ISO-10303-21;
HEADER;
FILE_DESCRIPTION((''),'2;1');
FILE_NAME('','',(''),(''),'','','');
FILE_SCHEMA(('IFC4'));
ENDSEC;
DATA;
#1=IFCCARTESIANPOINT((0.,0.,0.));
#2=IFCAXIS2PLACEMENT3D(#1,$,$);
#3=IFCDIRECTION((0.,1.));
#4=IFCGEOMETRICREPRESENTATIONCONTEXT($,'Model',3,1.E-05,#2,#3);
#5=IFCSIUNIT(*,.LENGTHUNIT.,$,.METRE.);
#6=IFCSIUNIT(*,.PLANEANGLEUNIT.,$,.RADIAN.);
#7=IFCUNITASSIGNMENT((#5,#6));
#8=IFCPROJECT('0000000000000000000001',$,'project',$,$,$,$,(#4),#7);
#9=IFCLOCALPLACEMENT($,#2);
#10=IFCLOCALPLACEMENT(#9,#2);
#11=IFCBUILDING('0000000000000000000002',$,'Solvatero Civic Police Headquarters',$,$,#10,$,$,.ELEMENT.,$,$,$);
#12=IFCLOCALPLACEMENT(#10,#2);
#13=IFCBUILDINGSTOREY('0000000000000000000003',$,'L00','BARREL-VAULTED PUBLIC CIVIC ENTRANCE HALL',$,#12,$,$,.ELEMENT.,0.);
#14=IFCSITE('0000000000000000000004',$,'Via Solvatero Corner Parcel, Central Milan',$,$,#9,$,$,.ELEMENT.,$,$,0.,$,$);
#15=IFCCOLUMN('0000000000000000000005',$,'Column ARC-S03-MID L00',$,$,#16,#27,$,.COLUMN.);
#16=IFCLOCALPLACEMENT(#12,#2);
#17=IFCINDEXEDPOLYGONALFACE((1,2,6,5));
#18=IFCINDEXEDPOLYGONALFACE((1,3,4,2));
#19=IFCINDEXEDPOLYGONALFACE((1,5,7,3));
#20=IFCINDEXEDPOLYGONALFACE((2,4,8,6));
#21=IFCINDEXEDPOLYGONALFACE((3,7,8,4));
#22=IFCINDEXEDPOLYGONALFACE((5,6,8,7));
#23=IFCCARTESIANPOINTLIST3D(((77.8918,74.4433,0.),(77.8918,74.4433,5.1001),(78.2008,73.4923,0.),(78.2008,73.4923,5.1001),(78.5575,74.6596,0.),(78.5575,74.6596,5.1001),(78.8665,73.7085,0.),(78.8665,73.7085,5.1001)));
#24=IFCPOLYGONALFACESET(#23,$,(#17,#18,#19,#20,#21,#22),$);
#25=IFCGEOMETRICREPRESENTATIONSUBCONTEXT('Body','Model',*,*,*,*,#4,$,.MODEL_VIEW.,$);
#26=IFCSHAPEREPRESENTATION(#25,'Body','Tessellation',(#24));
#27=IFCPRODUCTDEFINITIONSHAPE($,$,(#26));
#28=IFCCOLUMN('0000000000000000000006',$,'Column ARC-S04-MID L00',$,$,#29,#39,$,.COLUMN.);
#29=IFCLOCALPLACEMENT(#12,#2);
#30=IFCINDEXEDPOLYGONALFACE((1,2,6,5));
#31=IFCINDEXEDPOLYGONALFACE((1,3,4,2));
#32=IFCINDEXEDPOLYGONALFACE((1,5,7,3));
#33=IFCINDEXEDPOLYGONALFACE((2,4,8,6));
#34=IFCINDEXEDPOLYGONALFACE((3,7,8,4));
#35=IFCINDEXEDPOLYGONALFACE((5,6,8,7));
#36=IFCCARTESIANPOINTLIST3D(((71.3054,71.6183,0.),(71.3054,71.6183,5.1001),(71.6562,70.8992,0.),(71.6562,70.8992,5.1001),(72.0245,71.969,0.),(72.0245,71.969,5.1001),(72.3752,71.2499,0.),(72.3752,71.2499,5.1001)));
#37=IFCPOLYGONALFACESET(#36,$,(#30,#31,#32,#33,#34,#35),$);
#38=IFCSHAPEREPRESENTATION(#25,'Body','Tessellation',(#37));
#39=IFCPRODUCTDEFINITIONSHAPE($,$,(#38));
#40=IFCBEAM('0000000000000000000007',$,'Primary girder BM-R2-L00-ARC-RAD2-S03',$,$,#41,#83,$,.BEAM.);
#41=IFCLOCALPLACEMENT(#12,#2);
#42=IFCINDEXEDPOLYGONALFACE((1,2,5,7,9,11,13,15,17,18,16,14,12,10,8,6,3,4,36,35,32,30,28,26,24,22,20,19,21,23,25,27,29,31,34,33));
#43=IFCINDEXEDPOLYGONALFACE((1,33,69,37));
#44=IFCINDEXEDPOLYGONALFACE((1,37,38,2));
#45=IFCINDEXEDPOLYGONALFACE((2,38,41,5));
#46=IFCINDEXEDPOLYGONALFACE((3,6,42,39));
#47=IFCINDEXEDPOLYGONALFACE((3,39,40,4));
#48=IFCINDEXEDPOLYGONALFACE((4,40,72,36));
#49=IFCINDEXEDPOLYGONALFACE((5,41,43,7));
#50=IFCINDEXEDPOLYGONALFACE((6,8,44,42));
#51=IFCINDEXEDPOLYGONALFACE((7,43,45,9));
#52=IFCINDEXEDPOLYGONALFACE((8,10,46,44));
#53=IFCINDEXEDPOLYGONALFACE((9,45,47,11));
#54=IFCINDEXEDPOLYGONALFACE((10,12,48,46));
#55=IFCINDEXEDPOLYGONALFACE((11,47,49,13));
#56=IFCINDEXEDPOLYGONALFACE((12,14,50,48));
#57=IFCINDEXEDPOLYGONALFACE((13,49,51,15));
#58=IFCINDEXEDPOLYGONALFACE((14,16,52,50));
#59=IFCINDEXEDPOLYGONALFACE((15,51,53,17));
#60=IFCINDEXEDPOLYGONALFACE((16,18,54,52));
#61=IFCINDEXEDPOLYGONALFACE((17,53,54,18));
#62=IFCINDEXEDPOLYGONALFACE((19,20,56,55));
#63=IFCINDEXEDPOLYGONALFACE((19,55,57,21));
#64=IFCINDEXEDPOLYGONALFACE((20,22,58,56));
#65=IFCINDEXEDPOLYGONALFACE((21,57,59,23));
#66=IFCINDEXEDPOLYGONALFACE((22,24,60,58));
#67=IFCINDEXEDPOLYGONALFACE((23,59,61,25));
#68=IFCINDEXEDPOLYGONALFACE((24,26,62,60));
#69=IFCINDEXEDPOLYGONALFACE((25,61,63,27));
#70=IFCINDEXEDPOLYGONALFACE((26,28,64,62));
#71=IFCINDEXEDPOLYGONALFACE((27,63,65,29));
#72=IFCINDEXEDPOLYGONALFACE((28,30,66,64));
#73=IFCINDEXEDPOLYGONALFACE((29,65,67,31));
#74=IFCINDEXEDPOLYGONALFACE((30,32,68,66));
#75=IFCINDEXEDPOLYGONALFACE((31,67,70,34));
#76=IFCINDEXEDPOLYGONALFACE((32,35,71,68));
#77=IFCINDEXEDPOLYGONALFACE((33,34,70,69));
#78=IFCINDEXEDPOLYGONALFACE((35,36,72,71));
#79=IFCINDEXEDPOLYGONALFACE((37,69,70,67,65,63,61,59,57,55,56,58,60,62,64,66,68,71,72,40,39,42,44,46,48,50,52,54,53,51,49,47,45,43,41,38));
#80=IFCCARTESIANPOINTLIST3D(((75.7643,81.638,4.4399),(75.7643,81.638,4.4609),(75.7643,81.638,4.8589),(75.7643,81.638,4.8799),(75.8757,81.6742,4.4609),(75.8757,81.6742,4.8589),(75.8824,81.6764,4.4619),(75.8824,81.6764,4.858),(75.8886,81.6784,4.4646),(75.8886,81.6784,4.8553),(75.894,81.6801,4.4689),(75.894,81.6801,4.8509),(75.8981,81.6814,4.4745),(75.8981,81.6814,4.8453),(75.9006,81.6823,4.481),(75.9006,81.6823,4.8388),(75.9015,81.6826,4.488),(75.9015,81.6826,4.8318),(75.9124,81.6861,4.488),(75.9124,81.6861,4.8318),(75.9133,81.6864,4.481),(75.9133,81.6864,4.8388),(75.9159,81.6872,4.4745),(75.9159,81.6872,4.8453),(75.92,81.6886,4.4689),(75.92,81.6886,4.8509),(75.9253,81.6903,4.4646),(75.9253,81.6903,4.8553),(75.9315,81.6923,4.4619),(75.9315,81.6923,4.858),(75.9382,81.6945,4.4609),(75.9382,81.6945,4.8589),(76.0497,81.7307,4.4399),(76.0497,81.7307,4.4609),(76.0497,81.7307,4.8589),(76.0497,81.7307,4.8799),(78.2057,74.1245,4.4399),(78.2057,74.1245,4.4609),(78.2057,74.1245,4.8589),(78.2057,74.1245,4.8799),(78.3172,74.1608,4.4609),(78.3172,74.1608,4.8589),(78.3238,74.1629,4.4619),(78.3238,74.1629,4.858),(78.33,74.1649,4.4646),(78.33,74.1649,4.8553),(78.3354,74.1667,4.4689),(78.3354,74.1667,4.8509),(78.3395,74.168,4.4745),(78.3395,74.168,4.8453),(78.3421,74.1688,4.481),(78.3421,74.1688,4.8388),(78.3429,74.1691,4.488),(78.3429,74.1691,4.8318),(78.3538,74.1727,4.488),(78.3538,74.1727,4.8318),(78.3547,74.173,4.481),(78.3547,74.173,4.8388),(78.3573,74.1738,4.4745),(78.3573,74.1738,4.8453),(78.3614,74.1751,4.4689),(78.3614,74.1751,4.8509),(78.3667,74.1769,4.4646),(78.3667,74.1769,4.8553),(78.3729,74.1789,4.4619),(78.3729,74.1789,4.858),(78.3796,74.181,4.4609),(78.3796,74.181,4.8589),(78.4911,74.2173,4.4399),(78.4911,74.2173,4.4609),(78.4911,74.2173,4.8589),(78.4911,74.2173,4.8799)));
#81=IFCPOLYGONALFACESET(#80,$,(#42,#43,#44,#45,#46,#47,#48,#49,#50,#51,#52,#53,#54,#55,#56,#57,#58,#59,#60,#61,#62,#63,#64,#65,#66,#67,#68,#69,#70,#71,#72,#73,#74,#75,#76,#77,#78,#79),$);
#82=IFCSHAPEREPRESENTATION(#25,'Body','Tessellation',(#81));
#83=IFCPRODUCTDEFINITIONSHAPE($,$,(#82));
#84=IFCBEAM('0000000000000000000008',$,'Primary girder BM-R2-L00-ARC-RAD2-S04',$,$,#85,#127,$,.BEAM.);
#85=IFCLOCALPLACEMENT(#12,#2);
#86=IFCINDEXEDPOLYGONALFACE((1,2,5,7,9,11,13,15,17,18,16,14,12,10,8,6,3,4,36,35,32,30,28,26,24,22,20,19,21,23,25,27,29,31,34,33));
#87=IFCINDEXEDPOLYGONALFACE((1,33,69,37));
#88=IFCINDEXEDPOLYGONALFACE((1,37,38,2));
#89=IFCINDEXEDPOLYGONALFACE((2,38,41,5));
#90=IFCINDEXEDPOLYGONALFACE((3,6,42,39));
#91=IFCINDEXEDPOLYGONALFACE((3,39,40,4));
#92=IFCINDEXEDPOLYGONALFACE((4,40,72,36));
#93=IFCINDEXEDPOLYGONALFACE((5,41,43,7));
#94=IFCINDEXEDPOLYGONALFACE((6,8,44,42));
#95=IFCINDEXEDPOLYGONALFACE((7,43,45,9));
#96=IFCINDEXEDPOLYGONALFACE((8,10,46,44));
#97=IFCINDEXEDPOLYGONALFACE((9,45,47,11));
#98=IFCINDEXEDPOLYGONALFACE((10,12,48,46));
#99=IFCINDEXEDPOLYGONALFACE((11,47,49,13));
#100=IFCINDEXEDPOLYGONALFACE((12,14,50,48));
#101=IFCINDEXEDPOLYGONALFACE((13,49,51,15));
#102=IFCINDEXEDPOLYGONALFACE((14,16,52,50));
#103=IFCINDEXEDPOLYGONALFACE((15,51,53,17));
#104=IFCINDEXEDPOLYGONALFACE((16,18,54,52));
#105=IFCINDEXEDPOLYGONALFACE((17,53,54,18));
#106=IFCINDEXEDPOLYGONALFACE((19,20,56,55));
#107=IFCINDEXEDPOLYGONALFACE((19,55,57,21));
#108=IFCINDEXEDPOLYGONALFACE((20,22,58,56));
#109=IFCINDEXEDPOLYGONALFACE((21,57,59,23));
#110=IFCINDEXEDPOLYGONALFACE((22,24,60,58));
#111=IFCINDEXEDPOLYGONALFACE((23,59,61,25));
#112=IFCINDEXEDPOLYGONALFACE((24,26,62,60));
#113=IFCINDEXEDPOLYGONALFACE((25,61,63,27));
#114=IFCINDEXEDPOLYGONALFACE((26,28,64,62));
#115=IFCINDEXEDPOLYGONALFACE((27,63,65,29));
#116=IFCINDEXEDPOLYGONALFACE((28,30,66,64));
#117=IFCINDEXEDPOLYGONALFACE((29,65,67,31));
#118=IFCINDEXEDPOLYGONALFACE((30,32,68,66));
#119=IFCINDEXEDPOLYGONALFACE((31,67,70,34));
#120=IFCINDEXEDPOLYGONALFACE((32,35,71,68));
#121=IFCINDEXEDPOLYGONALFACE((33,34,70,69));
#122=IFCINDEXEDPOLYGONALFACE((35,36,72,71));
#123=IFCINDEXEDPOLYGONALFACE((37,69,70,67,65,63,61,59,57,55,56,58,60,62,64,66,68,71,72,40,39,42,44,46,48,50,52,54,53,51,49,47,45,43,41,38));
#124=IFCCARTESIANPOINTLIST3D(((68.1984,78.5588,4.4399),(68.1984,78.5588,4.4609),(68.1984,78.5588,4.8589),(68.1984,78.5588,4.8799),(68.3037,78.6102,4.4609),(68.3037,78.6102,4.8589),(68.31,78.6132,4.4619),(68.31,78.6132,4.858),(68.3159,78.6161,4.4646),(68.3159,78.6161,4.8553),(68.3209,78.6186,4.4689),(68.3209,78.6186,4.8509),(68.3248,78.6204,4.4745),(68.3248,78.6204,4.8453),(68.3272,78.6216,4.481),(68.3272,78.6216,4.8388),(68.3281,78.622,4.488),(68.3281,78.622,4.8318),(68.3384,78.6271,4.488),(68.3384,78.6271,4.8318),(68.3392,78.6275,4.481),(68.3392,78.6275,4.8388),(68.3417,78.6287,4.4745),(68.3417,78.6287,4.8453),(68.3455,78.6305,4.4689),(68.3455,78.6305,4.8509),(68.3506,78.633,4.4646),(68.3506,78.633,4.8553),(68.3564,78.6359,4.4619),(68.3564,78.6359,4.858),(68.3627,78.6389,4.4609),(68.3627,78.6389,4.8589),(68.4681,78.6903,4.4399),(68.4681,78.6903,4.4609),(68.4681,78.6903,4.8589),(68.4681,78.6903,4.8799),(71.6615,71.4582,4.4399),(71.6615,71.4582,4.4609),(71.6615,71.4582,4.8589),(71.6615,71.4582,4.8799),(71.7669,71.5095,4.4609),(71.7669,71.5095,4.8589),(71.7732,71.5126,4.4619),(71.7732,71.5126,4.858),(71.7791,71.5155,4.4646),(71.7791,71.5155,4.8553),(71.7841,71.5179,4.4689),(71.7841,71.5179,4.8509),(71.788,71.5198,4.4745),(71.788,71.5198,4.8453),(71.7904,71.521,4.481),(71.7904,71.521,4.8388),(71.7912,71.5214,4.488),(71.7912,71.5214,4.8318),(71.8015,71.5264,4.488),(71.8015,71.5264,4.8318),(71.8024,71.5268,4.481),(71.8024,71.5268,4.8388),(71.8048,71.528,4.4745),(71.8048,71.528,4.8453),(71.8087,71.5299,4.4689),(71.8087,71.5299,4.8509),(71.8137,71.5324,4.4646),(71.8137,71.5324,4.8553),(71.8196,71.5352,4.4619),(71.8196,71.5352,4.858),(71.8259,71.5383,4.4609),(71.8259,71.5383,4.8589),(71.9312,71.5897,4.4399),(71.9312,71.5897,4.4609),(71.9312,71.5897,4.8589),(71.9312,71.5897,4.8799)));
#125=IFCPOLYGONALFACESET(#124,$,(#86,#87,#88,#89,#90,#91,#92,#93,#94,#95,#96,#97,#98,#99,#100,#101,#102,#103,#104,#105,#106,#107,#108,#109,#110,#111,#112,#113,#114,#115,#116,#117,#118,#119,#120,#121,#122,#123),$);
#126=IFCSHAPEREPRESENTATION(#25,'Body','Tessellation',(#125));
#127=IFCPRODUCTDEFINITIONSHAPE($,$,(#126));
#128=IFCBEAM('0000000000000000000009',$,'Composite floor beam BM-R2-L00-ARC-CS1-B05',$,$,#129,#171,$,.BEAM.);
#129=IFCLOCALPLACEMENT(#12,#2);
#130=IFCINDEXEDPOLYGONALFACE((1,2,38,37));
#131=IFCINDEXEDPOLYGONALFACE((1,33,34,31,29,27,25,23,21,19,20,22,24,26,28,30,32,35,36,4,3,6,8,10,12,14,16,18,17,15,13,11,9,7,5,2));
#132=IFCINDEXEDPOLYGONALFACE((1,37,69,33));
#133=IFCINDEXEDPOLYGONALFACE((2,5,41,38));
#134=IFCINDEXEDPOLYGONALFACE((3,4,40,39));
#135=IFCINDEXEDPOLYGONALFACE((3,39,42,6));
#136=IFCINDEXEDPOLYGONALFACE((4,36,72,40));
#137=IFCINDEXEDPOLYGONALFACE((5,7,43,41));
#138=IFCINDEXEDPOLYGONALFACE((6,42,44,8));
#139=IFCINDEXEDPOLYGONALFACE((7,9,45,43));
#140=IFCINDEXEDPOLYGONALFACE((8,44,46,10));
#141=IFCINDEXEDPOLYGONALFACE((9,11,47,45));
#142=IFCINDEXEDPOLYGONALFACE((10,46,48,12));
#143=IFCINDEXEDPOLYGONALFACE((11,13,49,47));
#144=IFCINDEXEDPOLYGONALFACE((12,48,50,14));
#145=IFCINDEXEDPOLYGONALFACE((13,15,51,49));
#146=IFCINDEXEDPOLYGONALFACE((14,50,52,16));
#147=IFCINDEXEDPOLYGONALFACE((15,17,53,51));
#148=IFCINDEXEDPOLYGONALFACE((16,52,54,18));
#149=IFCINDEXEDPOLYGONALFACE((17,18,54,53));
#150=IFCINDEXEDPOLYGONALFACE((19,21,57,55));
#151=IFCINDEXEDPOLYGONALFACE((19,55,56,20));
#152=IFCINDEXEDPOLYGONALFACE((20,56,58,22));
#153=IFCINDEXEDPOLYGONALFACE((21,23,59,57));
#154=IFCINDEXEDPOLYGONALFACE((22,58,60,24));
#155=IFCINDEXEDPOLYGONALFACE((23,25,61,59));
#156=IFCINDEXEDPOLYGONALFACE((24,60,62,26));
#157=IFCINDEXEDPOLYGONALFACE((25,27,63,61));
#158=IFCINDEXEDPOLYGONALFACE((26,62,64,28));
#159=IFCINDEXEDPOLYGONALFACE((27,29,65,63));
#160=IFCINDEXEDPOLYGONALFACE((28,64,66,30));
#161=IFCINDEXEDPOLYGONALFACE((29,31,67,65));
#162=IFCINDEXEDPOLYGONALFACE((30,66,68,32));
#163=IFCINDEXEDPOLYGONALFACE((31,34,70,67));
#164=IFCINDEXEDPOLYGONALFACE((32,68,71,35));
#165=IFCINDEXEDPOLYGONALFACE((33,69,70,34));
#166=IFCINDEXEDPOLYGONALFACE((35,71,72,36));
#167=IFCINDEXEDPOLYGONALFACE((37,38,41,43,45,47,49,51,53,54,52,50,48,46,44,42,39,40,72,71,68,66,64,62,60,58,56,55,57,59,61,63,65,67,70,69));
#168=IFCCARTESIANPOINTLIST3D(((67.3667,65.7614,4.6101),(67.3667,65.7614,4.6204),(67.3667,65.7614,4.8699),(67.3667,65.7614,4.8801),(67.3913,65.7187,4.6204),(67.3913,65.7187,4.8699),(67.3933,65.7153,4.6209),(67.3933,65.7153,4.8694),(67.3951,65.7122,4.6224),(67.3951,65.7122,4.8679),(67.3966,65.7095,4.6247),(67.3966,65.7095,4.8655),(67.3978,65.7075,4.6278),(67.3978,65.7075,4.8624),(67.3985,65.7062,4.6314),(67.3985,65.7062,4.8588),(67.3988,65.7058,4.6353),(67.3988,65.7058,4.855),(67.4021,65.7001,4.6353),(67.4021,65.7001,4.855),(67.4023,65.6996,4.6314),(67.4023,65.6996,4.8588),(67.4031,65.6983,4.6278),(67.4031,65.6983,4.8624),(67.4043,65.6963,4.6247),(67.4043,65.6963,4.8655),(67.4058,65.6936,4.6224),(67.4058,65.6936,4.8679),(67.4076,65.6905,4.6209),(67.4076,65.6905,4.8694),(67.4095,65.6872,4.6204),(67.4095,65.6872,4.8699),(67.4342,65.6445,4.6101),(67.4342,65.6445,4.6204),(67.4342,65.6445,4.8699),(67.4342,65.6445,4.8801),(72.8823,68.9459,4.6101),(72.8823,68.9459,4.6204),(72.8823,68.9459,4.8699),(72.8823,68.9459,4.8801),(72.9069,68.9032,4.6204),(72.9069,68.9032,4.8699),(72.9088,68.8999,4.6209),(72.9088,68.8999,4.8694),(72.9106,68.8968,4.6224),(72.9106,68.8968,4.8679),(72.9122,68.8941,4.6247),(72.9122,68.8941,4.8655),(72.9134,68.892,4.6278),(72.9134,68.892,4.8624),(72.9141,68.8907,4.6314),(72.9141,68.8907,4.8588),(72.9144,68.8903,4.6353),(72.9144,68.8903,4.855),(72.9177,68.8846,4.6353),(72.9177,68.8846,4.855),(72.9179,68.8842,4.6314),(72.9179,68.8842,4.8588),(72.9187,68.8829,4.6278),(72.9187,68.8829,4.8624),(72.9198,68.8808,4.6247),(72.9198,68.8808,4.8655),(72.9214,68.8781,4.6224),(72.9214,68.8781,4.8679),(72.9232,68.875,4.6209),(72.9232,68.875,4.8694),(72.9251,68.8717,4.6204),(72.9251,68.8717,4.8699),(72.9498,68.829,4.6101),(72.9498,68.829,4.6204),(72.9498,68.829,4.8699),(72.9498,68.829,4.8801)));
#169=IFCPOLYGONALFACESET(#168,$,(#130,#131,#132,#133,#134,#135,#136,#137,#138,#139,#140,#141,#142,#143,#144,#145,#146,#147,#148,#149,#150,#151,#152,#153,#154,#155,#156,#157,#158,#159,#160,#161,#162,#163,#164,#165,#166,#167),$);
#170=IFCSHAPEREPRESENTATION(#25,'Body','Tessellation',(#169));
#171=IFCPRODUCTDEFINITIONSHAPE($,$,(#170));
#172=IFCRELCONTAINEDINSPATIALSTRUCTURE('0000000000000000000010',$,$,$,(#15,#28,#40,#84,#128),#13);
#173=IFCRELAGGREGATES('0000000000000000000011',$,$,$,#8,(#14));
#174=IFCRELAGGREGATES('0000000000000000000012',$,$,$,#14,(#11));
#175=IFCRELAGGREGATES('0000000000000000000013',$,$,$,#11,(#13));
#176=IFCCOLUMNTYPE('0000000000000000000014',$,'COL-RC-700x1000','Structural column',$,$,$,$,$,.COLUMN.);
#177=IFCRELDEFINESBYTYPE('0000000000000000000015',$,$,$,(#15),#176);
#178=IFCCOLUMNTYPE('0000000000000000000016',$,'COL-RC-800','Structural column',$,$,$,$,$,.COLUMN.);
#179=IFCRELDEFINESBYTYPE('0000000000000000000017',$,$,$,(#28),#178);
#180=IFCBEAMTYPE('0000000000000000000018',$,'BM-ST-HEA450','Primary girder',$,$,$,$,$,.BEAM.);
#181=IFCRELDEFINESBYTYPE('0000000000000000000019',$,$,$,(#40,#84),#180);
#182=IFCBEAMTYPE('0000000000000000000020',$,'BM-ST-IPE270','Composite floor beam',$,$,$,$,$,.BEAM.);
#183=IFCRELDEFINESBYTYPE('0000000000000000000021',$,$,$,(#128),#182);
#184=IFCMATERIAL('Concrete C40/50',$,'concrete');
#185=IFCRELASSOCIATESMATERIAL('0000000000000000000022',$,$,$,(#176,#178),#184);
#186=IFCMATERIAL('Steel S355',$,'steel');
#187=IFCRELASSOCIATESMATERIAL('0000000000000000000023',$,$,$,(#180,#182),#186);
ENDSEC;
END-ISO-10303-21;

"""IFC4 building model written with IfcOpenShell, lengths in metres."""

from ifc_helpers import new_model, si_unit, direction, frame, origin, origin_2d, place, context, subcontext, project, spatial, rectangle, i_section, extrude, material, material_profile, profile_set, type_object, element, save


model = new_model("IFC4")

# Units and contexts
model_context = context("Model", 3, precision=1e-05, world=origin(), true_north=direction((0.0, 1.0)))
body_context = subcontext(model_context, "Body", "Model", "MODEL_VIEW")
ifc_project = project(units=[si_unit("LENGTHUNIT", "METRE"), si_unit("PLANEANGLEUNIT", "RADIAN")], contexts=[model_context])

# Site, building, storey
site_placement = place(None, origin())
site = spatial("IfcSite", under=ifc_project, at=site_placement, Name="Via Solvatero Corner Parcel, Central Milan", CompositionType="ELEMENT", RefElevation=0.0)
building_placement = place(site_placement, origin())
building = spatial("IfcBuilding", under=site, at=building_placement, Name="Solvatero Civic Police Headquarters", CompositionType="ELEMENT")
storey_placement = place(building_placement, origin())
storey = spatial("IfcBuildingStorey", under=building, at=storey_placement, Name="L00", Description="BARREL-VAULTED PUBLIC CIVIC ENTRANCE HALL", CompositionType="ELEMENT", Elevation=0.0)

# Columns
ifc_material_1 = material(Name="Concrete C40/50", Category="concrete")
ifc_material_profile_1 = material_profile(ifc_material_1, rectangle(XDim=0.7, YDim=1.0, at=origin_2d()), Name="RC 700x1000")
ifc_profile_set_1 = profile_set([ifc_material_profile_1], Name="Concrete C40/50")
column_type_1 = type_object("IfcColumnType", Name="COL-RC-700x1000", Description="Structural column", PredefinedType="COLUMN", material=ifc_profile_set_1)
column_1_placement = place(storey_placement, frame((78.3792, 74.0759, 0.0), z_axis=(0.0, 0.0, 1.0), x_axis=(0.951057, 0.309017, 0.0)))
element("IfcColumn", 1, at=column_1_placement, inside=storey, type_object=column_type_1, Name="Column ARC-S03-MID L00", PredefinedType="COLUMN", context=body_context, shape_type="SweptSolid", body=[
    extrude(rectangle(XDim=0.7, YDim=1.0, at=origin_2d()), origin(), (0.0, 0.0, 1.0), 5.1001),
])
ifc_material_profile_2 = material_profile(ifc_material_1, rectangle(XDim=0.8, YDim=0.8, at=origin_2d()), Name="RC 800x800")
ifc_profile_set_2 = profile_set([ifc_material_profile_2], Name="Concrete C40/50")
column_type_2 = type_object("IfcColumnType", Name="COL-RC-800", Description="Structural column", PredefinedType="COLUMN", material=ifc_profile_set_2)
column_2_placement = place(storey_placement, frame((71.8403, 71.4341, 0.0), z_axis=(0.0, 0.0, 1.0), x_axis=(0.898794, 0.438371, 0.0)))
element("IfcColumn", 2, at=column_2_placement, inside=storey, type_object=column_type_2, Name="Column ARC-S04-MID L00", PredefinedType="COLUMN", context=body_context, shape_type="SweptSolid", body=[
    extrude(rectangle(XDim=0.8, YDim=0.8, at=origin_2d()), origin(), (0.0, 0.0, 1.0), 5.1001),
])

# Beams
ifc_material_2 = material(Name="Steel S355", Category="steel")
ifc_material_profile_3 = material_profile(ifc_material_2, i_section(OverallWidth=0.3, OverallDepth=0.4399, WebThickness=0.0115, FlangeThickness=0.021, FilletRadius=0.0271, at=origin_2d()), Name="HEA 450")
ifc_profile_set_3 = profile_set([ifc_material_profile_3], Name="Steel S355")
beam_type_1 = type_object("IfcBeamType", Name="BM-ST-HEA450", Description="Primary girder", PredefinedType="BEAM", material=ifc_profile_set_3)
for number, where, z_axis, x_axis, name in (
    (3, (78.3484, 74.1709, 4.6599), (-0.309034, 0.951051, 0.0), (-0.951051, -0.309034, 0.0), "Primary girder BM-R2-L00-ARC-RAD2-S03"),
    (4, (71.7964, 71.5239, 4.6599), (-0.438366, 0.898797, 0.0), (-0.898797, -0.438366, 0.0), "Primary girder BM-R2-L00-ARC-RAD2-S04"),
):
    element("IfcBeam", number, at=place(storey_placement, frame(where, z_axis=z_axis, x_axis=x_axis)), inside=storey, type_object=beam_type_1, Name=name, PredefinedType="BEAM", context=body_context, shape_type="SweptSolid", body=[
        extrude(i_section(OverallWidth=0.3, OverallDepth=0.4399, WebThickness=0.0115, FlangeThickness=0.021, FilletRadius=0.0271, at=origin_2d()), origin(), (0.0, 0.0, 1.0), 7.9001),
    ])
ifc_material_profile_4 = material_profile(ifc_material_2, i_section(OverallWidth=0.135, OverallDepth=0.27, WebThickness=0.0066, FlangeThickness=0.0103, FilletRadius=0.0149, at=origin_2d()), Name="IPE 270")
ifc_profile_set_4 = profile_set([ifc_material_profile_4], Name="Steel S355")
beam_type_2 = type_object("IfcBeamType", Name="BM-ST-IPE270", Description="Composite floor beam", PredefinedType="BEAM", material=ifc_profile_set_4)
beam_1_placement = place(storey_placement, frame((72.916, 68.8875, 4.7451), z_axis=(-0.866017, -0.500014, 0.0), x_axis=(0.500014, -0.866017, 0.0)))
element("IfcBeam", 5, at=beam_1_placement, inside=storey, type_object=beam_type_2, Name="Composite floor beam BM-R2-L00-ARC-CS1-B05", PredefinedType="BEAM", context=body_context, shape_type="SweptSolid", body=[
    extrude(i_section(OverallWidth=0.135, OverallDepth=0.27, WebThickness=0.0066, FlangeThickness=0.0103, FilletRadius=0.0149, at=origin_2d()), origin(), (0.0, 0.0, 1.0), 6.3689),
])

save(model, "model.ifc")
